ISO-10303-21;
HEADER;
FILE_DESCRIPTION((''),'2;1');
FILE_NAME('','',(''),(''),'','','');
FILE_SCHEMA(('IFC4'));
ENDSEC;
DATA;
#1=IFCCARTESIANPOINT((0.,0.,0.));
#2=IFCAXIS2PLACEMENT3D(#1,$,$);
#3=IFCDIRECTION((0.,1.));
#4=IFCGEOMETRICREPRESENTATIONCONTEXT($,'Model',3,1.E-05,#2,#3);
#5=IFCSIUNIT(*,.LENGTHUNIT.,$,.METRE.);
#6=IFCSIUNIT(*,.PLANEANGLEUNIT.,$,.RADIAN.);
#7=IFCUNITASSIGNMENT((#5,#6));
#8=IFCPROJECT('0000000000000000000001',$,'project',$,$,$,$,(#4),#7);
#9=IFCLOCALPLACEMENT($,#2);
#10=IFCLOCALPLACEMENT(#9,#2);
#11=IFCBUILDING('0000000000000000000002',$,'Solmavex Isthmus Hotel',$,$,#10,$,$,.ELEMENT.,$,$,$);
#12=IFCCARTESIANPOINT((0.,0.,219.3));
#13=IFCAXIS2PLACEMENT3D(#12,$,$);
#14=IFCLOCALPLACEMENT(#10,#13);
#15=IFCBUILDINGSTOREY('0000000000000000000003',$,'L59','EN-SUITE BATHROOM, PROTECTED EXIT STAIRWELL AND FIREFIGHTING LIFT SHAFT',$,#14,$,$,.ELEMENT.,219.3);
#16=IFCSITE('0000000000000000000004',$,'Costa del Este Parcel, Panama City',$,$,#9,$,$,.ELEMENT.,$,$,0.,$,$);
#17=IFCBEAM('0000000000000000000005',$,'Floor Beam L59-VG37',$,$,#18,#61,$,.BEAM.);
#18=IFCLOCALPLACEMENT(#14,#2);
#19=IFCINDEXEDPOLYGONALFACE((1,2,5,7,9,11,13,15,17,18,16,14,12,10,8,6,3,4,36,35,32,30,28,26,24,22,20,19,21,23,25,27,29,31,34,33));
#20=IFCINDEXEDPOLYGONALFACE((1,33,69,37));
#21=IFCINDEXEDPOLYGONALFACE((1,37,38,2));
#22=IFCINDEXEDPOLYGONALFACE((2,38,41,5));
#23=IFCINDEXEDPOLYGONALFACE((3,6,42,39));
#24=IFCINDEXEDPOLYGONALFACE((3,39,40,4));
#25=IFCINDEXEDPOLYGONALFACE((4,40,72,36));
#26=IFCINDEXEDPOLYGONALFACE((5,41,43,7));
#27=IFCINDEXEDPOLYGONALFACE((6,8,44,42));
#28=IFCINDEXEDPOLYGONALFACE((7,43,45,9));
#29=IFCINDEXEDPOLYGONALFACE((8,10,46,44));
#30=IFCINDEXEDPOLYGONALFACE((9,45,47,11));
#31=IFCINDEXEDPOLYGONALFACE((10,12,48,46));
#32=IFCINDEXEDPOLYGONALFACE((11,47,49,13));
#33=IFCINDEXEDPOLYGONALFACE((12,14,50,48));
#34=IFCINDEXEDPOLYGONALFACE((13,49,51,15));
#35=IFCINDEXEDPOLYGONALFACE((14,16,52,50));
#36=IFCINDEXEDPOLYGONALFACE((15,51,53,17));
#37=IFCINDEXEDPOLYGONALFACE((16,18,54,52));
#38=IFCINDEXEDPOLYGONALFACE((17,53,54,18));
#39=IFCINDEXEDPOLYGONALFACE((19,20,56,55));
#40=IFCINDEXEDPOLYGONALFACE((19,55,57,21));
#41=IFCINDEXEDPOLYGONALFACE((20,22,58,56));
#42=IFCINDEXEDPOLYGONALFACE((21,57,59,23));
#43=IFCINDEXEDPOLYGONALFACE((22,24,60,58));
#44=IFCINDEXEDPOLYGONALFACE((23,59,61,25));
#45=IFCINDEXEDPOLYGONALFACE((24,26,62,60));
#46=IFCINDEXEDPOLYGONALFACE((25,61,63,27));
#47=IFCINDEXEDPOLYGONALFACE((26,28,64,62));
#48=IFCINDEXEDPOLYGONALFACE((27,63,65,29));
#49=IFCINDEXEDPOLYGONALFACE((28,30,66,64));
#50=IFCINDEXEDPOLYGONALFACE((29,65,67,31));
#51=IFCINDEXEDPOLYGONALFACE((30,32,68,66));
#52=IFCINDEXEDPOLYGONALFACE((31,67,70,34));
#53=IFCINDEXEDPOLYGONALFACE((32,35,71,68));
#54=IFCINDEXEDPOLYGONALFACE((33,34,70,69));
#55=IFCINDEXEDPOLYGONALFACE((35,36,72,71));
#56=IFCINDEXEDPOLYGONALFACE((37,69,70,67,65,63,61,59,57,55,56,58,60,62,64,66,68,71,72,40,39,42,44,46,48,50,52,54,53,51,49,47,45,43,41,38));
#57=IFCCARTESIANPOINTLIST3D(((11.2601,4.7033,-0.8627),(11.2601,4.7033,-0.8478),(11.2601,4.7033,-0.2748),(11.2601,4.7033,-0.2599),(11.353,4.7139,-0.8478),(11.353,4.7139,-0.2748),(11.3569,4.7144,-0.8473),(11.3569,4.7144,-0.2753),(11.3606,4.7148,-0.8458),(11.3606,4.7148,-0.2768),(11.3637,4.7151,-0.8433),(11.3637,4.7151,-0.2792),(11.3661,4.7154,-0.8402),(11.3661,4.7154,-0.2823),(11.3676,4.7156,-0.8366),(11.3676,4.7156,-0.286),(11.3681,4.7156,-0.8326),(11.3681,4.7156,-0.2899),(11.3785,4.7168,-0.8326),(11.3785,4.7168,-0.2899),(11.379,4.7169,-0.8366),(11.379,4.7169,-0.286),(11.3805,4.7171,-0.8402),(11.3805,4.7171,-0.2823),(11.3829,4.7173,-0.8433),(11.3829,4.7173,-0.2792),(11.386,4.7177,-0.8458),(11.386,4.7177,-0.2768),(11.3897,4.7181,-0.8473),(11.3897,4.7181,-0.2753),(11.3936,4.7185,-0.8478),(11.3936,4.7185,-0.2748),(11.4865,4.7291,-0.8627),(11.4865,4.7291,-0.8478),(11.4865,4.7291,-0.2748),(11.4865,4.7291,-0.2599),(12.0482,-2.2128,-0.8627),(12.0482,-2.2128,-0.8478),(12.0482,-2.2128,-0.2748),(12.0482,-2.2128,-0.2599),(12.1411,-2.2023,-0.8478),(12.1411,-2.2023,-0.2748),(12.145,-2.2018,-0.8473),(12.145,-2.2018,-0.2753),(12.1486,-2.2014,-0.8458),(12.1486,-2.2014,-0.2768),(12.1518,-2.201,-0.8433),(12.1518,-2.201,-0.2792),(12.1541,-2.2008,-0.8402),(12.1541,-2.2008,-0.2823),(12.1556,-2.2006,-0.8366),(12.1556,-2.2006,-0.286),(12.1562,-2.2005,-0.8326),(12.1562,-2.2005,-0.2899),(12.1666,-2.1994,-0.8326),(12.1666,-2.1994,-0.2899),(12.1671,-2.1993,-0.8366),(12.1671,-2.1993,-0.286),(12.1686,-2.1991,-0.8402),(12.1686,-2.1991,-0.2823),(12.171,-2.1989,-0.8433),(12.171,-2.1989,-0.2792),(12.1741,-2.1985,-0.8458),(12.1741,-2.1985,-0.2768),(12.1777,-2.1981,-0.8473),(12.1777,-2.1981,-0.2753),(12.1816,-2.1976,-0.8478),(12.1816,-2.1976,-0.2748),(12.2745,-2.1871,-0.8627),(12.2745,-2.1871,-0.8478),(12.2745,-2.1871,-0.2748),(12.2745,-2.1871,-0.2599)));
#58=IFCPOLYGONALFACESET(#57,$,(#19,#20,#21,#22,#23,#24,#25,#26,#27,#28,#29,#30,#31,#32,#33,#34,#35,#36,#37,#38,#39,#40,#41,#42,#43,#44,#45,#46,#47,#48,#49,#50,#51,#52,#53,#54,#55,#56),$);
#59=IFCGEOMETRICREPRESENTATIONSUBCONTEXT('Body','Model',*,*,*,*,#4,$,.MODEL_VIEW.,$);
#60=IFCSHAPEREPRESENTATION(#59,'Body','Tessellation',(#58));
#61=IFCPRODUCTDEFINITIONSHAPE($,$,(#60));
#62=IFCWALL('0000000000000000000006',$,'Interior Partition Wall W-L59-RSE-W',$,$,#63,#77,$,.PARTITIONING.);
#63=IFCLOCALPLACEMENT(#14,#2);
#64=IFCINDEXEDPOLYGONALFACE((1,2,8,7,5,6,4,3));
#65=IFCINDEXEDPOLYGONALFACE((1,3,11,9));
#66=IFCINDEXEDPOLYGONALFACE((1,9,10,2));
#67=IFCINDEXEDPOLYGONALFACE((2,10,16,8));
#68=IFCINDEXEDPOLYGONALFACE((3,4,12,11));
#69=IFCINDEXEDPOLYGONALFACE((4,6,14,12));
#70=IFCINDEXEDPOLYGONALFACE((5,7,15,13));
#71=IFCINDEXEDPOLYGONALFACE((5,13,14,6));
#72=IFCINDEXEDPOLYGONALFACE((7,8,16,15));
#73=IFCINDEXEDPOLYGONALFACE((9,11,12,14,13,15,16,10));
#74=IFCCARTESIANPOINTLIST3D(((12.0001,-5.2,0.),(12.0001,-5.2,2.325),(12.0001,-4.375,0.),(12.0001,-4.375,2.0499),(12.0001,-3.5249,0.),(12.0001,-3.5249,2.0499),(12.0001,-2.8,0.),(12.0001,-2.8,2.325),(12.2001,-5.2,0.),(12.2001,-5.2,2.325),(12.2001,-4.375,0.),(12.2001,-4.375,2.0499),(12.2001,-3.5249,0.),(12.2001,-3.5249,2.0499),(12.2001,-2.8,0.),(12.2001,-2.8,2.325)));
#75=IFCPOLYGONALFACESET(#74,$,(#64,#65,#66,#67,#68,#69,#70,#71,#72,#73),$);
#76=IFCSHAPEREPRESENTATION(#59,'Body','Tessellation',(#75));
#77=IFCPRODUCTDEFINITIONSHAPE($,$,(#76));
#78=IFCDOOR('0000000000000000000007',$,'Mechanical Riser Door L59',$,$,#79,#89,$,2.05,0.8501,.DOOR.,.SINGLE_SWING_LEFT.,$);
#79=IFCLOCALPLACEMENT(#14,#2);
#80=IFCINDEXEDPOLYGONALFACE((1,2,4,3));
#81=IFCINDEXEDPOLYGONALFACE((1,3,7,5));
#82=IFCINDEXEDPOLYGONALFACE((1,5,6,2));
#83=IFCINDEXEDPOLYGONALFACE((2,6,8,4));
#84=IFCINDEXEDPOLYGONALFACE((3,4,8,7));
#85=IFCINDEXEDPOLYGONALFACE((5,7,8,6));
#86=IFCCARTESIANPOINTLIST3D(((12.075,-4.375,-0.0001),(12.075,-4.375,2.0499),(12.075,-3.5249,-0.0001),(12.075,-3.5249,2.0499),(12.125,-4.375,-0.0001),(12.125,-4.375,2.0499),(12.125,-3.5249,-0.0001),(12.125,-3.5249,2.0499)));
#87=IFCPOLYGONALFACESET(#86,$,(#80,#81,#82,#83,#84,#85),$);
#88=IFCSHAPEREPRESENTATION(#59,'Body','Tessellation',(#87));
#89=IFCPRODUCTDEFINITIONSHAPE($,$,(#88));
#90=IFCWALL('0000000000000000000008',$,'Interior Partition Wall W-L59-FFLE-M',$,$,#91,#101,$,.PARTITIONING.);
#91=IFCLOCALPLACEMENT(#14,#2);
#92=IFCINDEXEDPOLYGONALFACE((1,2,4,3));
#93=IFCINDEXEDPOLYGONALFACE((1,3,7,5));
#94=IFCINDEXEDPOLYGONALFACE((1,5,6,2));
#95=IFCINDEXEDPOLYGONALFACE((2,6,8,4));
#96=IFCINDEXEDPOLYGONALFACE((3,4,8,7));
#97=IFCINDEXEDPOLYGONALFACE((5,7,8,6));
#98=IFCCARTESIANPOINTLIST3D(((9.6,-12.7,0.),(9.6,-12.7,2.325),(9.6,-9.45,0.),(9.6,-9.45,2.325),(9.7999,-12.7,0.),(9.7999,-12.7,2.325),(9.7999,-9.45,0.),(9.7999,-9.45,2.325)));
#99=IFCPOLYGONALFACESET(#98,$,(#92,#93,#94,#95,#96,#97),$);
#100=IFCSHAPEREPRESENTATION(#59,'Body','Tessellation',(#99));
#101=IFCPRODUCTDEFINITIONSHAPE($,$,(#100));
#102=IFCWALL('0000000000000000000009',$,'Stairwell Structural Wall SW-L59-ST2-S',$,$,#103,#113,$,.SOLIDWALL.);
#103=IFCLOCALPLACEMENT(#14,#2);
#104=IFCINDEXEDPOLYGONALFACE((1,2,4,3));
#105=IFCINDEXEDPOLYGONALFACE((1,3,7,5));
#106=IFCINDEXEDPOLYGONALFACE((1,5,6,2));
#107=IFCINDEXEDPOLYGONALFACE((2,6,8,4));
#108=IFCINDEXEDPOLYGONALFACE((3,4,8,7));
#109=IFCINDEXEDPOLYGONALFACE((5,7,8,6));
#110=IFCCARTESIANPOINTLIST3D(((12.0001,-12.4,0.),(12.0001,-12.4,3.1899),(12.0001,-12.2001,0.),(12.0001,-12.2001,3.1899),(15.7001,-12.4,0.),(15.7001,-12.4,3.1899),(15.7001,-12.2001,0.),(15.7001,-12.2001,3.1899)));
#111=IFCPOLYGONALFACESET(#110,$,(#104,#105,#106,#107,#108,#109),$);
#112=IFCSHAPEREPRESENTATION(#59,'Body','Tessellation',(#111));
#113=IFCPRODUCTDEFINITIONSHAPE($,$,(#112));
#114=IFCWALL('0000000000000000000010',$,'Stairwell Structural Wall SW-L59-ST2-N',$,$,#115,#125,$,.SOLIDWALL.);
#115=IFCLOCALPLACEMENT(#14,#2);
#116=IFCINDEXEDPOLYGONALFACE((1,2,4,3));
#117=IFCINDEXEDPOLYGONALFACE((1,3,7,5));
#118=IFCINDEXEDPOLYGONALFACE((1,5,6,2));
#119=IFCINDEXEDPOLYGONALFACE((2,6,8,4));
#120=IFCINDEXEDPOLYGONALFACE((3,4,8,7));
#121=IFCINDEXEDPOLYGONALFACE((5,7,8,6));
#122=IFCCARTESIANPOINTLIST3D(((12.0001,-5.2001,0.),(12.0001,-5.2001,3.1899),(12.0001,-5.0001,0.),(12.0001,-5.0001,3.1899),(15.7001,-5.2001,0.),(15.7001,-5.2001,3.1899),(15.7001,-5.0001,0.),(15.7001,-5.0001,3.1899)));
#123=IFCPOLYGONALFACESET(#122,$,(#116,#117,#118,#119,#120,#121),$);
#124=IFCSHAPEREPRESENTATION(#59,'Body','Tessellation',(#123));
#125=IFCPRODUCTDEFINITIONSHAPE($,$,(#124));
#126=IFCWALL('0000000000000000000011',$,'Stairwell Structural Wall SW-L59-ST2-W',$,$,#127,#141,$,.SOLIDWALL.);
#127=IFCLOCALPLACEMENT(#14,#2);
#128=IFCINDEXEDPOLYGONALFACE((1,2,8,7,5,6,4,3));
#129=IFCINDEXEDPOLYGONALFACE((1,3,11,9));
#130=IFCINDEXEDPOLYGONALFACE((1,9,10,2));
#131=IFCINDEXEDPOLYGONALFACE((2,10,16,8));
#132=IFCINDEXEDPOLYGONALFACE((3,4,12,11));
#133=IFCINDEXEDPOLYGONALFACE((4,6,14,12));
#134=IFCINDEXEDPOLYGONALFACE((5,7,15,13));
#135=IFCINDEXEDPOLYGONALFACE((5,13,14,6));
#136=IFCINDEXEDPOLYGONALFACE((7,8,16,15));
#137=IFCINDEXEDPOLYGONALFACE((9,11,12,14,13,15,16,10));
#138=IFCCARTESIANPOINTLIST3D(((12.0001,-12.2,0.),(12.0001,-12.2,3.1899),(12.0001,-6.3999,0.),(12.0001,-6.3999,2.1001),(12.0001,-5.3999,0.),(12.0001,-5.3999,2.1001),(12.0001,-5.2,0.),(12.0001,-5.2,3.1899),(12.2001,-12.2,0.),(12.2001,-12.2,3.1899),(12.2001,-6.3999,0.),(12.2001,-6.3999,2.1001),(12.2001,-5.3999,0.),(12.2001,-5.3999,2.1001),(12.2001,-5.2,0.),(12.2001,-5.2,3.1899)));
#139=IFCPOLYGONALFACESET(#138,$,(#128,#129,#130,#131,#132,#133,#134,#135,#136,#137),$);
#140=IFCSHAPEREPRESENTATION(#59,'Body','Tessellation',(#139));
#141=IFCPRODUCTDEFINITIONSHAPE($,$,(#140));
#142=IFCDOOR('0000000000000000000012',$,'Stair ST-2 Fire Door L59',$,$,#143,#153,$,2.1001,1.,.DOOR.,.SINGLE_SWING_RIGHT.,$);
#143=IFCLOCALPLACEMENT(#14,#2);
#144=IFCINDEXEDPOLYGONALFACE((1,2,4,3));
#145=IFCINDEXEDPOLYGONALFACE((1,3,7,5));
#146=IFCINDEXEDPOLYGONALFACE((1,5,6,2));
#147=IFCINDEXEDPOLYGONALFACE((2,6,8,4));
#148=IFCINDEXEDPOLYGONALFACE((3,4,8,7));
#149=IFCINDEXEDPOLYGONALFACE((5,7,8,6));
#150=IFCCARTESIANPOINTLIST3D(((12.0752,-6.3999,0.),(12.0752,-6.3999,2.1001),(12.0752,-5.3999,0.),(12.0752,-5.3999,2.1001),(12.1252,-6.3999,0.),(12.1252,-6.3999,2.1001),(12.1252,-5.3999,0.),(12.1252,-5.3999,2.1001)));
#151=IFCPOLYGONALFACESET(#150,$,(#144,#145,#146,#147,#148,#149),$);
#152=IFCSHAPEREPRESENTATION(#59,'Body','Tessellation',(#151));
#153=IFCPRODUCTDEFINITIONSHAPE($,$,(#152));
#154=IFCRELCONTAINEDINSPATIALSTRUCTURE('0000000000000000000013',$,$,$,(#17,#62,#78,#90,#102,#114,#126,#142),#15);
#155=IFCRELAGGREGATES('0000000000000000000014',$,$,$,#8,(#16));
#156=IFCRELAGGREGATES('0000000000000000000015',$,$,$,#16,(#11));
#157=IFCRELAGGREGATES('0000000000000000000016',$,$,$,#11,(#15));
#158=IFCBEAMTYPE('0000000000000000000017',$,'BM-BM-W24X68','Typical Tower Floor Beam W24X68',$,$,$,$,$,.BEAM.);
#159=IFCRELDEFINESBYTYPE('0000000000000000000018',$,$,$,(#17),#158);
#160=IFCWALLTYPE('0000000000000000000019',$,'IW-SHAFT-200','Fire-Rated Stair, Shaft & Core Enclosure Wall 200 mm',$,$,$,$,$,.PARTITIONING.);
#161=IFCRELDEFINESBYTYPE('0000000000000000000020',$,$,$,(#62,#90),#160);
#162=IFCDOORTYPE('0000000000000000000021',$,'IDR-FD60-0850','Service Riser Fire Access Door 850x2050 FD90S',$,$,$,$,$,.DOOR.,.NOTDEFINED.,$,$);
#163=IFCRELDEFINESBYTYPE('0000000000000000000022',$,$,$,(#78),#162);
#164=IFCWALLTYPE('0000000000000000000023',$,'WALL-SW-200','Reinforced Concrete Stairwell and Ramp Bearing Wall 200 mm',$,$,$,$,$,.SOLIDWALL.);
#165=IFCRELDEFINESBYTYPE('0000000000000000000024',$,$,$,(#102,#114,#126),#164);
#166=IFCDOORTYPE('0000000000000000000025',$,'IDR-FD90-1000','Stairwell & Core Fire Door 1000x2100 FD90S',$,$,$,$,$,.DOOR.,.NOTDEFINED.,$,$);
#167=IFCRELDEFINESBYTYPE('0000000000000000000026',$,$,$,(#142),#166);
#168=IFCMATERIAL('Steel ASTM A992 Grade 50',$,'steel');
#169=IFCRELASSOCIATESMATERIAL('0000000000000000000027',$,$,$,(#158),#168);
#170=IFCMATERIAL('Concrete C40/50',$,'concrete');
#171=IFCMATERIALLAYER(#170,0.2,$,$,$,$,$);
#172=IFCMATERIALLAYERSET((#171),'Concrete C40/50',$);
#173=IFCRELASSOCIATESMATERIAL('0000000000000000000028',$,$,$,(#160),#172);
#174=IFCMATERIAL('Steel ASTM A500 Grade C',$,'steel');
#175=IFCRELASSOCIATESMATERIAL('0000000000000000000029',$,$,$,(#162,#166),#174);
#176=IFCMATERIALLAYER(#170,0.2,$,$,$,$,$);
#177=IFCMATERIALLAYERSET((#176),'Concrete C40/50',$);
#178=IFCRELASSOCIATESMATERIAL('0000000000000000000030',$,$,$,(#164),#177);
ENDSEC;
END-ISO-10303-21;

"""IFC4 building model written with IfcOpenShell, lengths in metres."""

from ifc_helpers import new_model, si_unit, direction, frame, frame_2d, origin, origin_2d, place, context, subcontext, project, spatial, rectangle, i_section, extrude, material, layer, layer_set, material_profile, profile_set, type_object, element, fill, save


model = new_model("IFC4")

# Units and contexts
model_context = context("Model", 3, precision=1e-05, world=origin(), true_north=direction((0.0, 1.0)))
body_context = subcontext(model_context, "Body", "Model", "MODEL_VIEW")
ifc_project = project(units=[si_unit("LENGTHUNIT", "METRE"), si_unit("PLANEANGLEUNIT", "RADIAN")], contexts=[model_context])

# Site, building, storey
site_placement = place(None, origin())
site = spatial("IfcSite", under=ifc_project, at=site_placement, Name="Costa del Este Parcel, Panama City", CompositionType="ELEMENT", RefElevation=0.0)
building_placement = place(site_placement, origin())
building = spatial("IfcBuilding", under=site, at=building_placement, Name="Solmavex Isthmus Hotel", CompositionType="ELEMENT")
storey_placement = place(building_placement, frame((0.0, 0.0, 219.3)))
storey = spatial("IfcBuildingStorey", under=building, at=storey_placement, Name="L59", Description="EN-SUITE BATHROOM, PROTECTED EXIT STAIRWELL AND FIREFIGHTING LIFT SHAFT", CompositionType="ELEMENT", Elevation=219.3)

# Beam
ifc_material_1 = material(Name="Steel ASTM A992 Grade 50", Category="steel")
ifc_material_profile = material_profile(ifc_material_1, i_section(OverallWidth=0.2278, OverallDepth=0.6028, WebThickness=0.0105, FlangeThickness=0.0149, FilletRadius=0.0151, at=origin_2d()), Name="W24X68")
ifc_profile_set = profile_set([ifc_material_profile], Name="Steel ASTM A992 Grade 50")
beam_type = type_object("IfcBeamType", Name="BM-BM-W24X68", Description="Typical Tower Floor Beam W24X68", PredefinedType="BEAM", material=ifc_profile_set)
beam_placement = place(storey_placement, frame((12.1614, -2.2, -0.5613), z_axis=(-0.113214, 0.993571, 0.0), x_axis=(-0.993571, -0.113214, 0.0)))
element("IfcBeam", 1, at=beam_placement, inside=storey, type_object=beam_type, Name="Floor Beam L59-VG37", PredefinedType="BEAM", context=body_context, shape_type="SweptSolid", body=[
    extrude(i_section(OverallWidth=0.2278, OverallDepth=0.6028, WebThickness=0.0105, FlangeThickness=0.0149, FilletRadius=0.0151, at=origin_2d()), origin(), (0.0, 0.0, 1.0), 6.9609),
])

# Wall, opening, door
ifc_material_2 = material(Name="Concrete C40/50", Category="concrete")
ifc_layer_1 = layer(ifc_material_2, 0.2)
ifc_layer_set_1 = layer_set([ifc_layer_1], Name="Concrete C40/50")
wall_type_1 = type_object("IfcWallType", Name="IW-SHAFT-200", Description="Fire-Rated Stair, Shaft & Core Enclosure Wall 200 mm", PredefinedType="PARTITIONING", material=ifc_layer_set_1)
wall_1_placement = place(storey_placement, frame((12.1001, -5.2, 0.0), z_axis=(0.0, 0.0, 1.0), x_axis=(0.0, 1.0, 0.0)))
wall_1 = element("IfcWall", 2, at=wall_1_placement, inside=storey, type_object=wall_type_1, Name="Interior Partition Wall W-L59-RSE-W", PredefinedType="PARTITIONING", context=body_context, shape_type="SweptSolid", body=[
    extrude(rectangle(XDim=2.3999, YDim=0.2, at=frame_2d((1.2, 0.0))), origin(), (0.0, 0.0, 1.0), 2.325),
])
opening_1_placement = place(wall_1_placement, frame((0.825, 0.0, 0.0)))
opening_1 = element("IfcOpeningElement", 3, at=opening_1_placement, cuts=wall_1, PredefinedType="OPENING", context=body_context, shape_type="SweptSolid", body=[
    extrude(rectangle(XDim=0.8501, YDim=2.05, at=frame_2d((0.425, 1.0249))), frame((0.0, 0.1099, 0.0), z_axis=(0.0, -1.0, 0.0), x_axis=(1.0, 0.0, 0.0)), (0.0, 0.0, 1.0), 0.22),
])
ifc_material_3 = material(Name="Steel ASTM A500 Grade C", Category="steel")
door_type_1 = type_object("IfcDoorType", Name="IDR-FD60-0850", Description="Service Riser Fire Access Door 850x2050 FD90S", OperationType="NOTDEFINED", PredefinedType="DOOR", material=ifc_material_3)
door_1_placement = place(opening_1_placement, frame((0.8501, 0.0, 0.0), z_axis=(0.0, 0.0, 1.0), x_axis=(-1.0, 0.0, 0.0)))
door_1 = element("IfcDoor", 4, at=door_1_placement, inside=storey, type_object=door_type_1, Name="Mechanical Riser Door L59", OperationType="SINGLE_SWING_LEFT", OverallHeight=2.05, OverallWidth=0.8501, PredefinedType="DOOR", context=body_context, shape_type="SweptSolid", body=[
    extrude(rectangle(XDim=0.8501, YDim=2.05, at=frame_2d((0.425, 1.0249))), frame((0.0, 0.0249, 0.0), z_axis=(0.0, -1.0, 0.0), x_axis=(1.0, 0.0, 0.0)), (0.0, 0.0, 1.0), 0.05),
])
fill(opening_1, door_1)

# Walls
wall_2_placement = place(storey_placement, frame((9.7, -12.7, 0.0), z_axis=(0.0, 0.0, 1.0), x_axis=(0.0, 1.0, 0.0)))
element("IfcWall", 5, at=wall_2_placement, inside=storey, type_object=wall_type_1, Name="Interior Partition Wall W-L59-FFLE-M", PredefinedType="PARTITIONING", context=body_context, shape_type="SweptSolid", body=[
    extrude(rectangle(XDim=3.25, YDim=0.2, at=frame_2d((1.625, 0.0))), origin(), (0.0, 0.0, 1.0), 2.325),
])
ifc_layer_2 = layer(ifc_material_2, 0.2)
ifc_layer_set_2 = layer_set([ifc_layer_2], Name="Concrete C40/50")
wall_type_2 = type_object("IfcWallType", Name="WALL-SW-200", Description="Reinforced Concrete Stairwell and Ramp Bearing Wall 200 mm", PredefinedType="SOLIDWALL", material=ifc_layer_set_2)
for number, where, z_axis, x_axis, name in (
    (6, (12.0, -12.3, 0.0), (0.0, 0.0, 1.0), (1.0, 0.0, 0.0), "Stairwell Structural Wall SW-L59-ST2-S"),
    (7, (12.0, -5.1001, 0.0), (0.0, 0.0, 1.0), (1.0, 0.0, 0.0), "Stairwell Structural Wall SW-L59-ST2-N"),
):
    element("IfcWall", number, at=place(storey_placement, frame(where, z_axis=z_axis, x_axis=x_axis)), inside=storey, type_object=wall_type_2, Name=name, PredefinedType="SOLIDWALL", context=body_context, shape_type="SweptSolid", body=[
        extrude(rectangle(XDim=3.7, YDim=0.2, at=frame_2d((1.8501, 0.0))), origin(), (0.0, 0.0, 1.0), 3.1899),
    ])

# Wall, opening, door
wall_3_placement = place(storey_placement, frame((12.1001, -12.2, 0.0), z_axis=(0.0, 0.0, 1.0), x_axis=(0.0, 1.0, 0.0)))
wall_3 = element("IfcWall", 8, at=wall_3_placement, inside=storey, type_object=wall_type_2, Name="Stairwell Structural Wall SW-L59-ST2-W", PredefinedType="SOLIDWALL", context=body_context, shape_type="SweptSolid", body=[
    extrude(rectangle(XDim=7.0, YDim=0.2, at=frame_2d((3.5, 0.0))), origin(), (0.0, 0.0, 1.0), 3.1899),
])
opening_2_placement = place(wall_3_placement, frame((5.8, 0.0, 0.0)))
opening_2 = element("IfcOpeningElement", 9, at=opening_2_placement, cuts=wall_3, PredefinedType="OPENING", context=body_context, shape_type="SweptSolid", body=[
    extrude(rectangle(XDim=1.0, YDim=2.1001, at=frame_2d((0.5, 1.05))), frame((0.0, 0.1099, 0.0), z_axis=(0.0, -1.0, 0.0), x_axis=(1.0, 0.0, 0.0)), (0.0, 0.0, 1.0), 0.22),
])
door_type_2 = type_object("IfcDoorType", Name="IDR-FD90-1000", Description="Stairwell & Core Fire Door 1000x2100 FD90S", OperationType="NOTDEFINED", PredefinedType="DOOR", material=ifc_material_3)
door_2_placement = place(opening_2_placement, origin())
door_2 = element("IfcDoor", 10, at=door_2_placement, inside=storey, type_object=door_type_2, Name="Stair ST-2 Fire Door L59", OperationType="SINGLE_SWING_RIGHT", OverallHeight=2.1001, OverallWidth=1.0, PredefinedType="DOOR", context=body_context, shape_type="SweptSolid", body=[
    extrude(rectangle(XDim=1.0, YDim=2.1001, at=frame_2d((0.5, 1.05))), frame((0.0, 0.0249, 0.0), z_axis=(0.0, -1.0, 0.0), x_axis=(1.0, 0.0, 0.0)), (0.0, 0.0, 1.0), 0.05),
])
fill(opening_2, door_2)

save(model, "model.ifc")
